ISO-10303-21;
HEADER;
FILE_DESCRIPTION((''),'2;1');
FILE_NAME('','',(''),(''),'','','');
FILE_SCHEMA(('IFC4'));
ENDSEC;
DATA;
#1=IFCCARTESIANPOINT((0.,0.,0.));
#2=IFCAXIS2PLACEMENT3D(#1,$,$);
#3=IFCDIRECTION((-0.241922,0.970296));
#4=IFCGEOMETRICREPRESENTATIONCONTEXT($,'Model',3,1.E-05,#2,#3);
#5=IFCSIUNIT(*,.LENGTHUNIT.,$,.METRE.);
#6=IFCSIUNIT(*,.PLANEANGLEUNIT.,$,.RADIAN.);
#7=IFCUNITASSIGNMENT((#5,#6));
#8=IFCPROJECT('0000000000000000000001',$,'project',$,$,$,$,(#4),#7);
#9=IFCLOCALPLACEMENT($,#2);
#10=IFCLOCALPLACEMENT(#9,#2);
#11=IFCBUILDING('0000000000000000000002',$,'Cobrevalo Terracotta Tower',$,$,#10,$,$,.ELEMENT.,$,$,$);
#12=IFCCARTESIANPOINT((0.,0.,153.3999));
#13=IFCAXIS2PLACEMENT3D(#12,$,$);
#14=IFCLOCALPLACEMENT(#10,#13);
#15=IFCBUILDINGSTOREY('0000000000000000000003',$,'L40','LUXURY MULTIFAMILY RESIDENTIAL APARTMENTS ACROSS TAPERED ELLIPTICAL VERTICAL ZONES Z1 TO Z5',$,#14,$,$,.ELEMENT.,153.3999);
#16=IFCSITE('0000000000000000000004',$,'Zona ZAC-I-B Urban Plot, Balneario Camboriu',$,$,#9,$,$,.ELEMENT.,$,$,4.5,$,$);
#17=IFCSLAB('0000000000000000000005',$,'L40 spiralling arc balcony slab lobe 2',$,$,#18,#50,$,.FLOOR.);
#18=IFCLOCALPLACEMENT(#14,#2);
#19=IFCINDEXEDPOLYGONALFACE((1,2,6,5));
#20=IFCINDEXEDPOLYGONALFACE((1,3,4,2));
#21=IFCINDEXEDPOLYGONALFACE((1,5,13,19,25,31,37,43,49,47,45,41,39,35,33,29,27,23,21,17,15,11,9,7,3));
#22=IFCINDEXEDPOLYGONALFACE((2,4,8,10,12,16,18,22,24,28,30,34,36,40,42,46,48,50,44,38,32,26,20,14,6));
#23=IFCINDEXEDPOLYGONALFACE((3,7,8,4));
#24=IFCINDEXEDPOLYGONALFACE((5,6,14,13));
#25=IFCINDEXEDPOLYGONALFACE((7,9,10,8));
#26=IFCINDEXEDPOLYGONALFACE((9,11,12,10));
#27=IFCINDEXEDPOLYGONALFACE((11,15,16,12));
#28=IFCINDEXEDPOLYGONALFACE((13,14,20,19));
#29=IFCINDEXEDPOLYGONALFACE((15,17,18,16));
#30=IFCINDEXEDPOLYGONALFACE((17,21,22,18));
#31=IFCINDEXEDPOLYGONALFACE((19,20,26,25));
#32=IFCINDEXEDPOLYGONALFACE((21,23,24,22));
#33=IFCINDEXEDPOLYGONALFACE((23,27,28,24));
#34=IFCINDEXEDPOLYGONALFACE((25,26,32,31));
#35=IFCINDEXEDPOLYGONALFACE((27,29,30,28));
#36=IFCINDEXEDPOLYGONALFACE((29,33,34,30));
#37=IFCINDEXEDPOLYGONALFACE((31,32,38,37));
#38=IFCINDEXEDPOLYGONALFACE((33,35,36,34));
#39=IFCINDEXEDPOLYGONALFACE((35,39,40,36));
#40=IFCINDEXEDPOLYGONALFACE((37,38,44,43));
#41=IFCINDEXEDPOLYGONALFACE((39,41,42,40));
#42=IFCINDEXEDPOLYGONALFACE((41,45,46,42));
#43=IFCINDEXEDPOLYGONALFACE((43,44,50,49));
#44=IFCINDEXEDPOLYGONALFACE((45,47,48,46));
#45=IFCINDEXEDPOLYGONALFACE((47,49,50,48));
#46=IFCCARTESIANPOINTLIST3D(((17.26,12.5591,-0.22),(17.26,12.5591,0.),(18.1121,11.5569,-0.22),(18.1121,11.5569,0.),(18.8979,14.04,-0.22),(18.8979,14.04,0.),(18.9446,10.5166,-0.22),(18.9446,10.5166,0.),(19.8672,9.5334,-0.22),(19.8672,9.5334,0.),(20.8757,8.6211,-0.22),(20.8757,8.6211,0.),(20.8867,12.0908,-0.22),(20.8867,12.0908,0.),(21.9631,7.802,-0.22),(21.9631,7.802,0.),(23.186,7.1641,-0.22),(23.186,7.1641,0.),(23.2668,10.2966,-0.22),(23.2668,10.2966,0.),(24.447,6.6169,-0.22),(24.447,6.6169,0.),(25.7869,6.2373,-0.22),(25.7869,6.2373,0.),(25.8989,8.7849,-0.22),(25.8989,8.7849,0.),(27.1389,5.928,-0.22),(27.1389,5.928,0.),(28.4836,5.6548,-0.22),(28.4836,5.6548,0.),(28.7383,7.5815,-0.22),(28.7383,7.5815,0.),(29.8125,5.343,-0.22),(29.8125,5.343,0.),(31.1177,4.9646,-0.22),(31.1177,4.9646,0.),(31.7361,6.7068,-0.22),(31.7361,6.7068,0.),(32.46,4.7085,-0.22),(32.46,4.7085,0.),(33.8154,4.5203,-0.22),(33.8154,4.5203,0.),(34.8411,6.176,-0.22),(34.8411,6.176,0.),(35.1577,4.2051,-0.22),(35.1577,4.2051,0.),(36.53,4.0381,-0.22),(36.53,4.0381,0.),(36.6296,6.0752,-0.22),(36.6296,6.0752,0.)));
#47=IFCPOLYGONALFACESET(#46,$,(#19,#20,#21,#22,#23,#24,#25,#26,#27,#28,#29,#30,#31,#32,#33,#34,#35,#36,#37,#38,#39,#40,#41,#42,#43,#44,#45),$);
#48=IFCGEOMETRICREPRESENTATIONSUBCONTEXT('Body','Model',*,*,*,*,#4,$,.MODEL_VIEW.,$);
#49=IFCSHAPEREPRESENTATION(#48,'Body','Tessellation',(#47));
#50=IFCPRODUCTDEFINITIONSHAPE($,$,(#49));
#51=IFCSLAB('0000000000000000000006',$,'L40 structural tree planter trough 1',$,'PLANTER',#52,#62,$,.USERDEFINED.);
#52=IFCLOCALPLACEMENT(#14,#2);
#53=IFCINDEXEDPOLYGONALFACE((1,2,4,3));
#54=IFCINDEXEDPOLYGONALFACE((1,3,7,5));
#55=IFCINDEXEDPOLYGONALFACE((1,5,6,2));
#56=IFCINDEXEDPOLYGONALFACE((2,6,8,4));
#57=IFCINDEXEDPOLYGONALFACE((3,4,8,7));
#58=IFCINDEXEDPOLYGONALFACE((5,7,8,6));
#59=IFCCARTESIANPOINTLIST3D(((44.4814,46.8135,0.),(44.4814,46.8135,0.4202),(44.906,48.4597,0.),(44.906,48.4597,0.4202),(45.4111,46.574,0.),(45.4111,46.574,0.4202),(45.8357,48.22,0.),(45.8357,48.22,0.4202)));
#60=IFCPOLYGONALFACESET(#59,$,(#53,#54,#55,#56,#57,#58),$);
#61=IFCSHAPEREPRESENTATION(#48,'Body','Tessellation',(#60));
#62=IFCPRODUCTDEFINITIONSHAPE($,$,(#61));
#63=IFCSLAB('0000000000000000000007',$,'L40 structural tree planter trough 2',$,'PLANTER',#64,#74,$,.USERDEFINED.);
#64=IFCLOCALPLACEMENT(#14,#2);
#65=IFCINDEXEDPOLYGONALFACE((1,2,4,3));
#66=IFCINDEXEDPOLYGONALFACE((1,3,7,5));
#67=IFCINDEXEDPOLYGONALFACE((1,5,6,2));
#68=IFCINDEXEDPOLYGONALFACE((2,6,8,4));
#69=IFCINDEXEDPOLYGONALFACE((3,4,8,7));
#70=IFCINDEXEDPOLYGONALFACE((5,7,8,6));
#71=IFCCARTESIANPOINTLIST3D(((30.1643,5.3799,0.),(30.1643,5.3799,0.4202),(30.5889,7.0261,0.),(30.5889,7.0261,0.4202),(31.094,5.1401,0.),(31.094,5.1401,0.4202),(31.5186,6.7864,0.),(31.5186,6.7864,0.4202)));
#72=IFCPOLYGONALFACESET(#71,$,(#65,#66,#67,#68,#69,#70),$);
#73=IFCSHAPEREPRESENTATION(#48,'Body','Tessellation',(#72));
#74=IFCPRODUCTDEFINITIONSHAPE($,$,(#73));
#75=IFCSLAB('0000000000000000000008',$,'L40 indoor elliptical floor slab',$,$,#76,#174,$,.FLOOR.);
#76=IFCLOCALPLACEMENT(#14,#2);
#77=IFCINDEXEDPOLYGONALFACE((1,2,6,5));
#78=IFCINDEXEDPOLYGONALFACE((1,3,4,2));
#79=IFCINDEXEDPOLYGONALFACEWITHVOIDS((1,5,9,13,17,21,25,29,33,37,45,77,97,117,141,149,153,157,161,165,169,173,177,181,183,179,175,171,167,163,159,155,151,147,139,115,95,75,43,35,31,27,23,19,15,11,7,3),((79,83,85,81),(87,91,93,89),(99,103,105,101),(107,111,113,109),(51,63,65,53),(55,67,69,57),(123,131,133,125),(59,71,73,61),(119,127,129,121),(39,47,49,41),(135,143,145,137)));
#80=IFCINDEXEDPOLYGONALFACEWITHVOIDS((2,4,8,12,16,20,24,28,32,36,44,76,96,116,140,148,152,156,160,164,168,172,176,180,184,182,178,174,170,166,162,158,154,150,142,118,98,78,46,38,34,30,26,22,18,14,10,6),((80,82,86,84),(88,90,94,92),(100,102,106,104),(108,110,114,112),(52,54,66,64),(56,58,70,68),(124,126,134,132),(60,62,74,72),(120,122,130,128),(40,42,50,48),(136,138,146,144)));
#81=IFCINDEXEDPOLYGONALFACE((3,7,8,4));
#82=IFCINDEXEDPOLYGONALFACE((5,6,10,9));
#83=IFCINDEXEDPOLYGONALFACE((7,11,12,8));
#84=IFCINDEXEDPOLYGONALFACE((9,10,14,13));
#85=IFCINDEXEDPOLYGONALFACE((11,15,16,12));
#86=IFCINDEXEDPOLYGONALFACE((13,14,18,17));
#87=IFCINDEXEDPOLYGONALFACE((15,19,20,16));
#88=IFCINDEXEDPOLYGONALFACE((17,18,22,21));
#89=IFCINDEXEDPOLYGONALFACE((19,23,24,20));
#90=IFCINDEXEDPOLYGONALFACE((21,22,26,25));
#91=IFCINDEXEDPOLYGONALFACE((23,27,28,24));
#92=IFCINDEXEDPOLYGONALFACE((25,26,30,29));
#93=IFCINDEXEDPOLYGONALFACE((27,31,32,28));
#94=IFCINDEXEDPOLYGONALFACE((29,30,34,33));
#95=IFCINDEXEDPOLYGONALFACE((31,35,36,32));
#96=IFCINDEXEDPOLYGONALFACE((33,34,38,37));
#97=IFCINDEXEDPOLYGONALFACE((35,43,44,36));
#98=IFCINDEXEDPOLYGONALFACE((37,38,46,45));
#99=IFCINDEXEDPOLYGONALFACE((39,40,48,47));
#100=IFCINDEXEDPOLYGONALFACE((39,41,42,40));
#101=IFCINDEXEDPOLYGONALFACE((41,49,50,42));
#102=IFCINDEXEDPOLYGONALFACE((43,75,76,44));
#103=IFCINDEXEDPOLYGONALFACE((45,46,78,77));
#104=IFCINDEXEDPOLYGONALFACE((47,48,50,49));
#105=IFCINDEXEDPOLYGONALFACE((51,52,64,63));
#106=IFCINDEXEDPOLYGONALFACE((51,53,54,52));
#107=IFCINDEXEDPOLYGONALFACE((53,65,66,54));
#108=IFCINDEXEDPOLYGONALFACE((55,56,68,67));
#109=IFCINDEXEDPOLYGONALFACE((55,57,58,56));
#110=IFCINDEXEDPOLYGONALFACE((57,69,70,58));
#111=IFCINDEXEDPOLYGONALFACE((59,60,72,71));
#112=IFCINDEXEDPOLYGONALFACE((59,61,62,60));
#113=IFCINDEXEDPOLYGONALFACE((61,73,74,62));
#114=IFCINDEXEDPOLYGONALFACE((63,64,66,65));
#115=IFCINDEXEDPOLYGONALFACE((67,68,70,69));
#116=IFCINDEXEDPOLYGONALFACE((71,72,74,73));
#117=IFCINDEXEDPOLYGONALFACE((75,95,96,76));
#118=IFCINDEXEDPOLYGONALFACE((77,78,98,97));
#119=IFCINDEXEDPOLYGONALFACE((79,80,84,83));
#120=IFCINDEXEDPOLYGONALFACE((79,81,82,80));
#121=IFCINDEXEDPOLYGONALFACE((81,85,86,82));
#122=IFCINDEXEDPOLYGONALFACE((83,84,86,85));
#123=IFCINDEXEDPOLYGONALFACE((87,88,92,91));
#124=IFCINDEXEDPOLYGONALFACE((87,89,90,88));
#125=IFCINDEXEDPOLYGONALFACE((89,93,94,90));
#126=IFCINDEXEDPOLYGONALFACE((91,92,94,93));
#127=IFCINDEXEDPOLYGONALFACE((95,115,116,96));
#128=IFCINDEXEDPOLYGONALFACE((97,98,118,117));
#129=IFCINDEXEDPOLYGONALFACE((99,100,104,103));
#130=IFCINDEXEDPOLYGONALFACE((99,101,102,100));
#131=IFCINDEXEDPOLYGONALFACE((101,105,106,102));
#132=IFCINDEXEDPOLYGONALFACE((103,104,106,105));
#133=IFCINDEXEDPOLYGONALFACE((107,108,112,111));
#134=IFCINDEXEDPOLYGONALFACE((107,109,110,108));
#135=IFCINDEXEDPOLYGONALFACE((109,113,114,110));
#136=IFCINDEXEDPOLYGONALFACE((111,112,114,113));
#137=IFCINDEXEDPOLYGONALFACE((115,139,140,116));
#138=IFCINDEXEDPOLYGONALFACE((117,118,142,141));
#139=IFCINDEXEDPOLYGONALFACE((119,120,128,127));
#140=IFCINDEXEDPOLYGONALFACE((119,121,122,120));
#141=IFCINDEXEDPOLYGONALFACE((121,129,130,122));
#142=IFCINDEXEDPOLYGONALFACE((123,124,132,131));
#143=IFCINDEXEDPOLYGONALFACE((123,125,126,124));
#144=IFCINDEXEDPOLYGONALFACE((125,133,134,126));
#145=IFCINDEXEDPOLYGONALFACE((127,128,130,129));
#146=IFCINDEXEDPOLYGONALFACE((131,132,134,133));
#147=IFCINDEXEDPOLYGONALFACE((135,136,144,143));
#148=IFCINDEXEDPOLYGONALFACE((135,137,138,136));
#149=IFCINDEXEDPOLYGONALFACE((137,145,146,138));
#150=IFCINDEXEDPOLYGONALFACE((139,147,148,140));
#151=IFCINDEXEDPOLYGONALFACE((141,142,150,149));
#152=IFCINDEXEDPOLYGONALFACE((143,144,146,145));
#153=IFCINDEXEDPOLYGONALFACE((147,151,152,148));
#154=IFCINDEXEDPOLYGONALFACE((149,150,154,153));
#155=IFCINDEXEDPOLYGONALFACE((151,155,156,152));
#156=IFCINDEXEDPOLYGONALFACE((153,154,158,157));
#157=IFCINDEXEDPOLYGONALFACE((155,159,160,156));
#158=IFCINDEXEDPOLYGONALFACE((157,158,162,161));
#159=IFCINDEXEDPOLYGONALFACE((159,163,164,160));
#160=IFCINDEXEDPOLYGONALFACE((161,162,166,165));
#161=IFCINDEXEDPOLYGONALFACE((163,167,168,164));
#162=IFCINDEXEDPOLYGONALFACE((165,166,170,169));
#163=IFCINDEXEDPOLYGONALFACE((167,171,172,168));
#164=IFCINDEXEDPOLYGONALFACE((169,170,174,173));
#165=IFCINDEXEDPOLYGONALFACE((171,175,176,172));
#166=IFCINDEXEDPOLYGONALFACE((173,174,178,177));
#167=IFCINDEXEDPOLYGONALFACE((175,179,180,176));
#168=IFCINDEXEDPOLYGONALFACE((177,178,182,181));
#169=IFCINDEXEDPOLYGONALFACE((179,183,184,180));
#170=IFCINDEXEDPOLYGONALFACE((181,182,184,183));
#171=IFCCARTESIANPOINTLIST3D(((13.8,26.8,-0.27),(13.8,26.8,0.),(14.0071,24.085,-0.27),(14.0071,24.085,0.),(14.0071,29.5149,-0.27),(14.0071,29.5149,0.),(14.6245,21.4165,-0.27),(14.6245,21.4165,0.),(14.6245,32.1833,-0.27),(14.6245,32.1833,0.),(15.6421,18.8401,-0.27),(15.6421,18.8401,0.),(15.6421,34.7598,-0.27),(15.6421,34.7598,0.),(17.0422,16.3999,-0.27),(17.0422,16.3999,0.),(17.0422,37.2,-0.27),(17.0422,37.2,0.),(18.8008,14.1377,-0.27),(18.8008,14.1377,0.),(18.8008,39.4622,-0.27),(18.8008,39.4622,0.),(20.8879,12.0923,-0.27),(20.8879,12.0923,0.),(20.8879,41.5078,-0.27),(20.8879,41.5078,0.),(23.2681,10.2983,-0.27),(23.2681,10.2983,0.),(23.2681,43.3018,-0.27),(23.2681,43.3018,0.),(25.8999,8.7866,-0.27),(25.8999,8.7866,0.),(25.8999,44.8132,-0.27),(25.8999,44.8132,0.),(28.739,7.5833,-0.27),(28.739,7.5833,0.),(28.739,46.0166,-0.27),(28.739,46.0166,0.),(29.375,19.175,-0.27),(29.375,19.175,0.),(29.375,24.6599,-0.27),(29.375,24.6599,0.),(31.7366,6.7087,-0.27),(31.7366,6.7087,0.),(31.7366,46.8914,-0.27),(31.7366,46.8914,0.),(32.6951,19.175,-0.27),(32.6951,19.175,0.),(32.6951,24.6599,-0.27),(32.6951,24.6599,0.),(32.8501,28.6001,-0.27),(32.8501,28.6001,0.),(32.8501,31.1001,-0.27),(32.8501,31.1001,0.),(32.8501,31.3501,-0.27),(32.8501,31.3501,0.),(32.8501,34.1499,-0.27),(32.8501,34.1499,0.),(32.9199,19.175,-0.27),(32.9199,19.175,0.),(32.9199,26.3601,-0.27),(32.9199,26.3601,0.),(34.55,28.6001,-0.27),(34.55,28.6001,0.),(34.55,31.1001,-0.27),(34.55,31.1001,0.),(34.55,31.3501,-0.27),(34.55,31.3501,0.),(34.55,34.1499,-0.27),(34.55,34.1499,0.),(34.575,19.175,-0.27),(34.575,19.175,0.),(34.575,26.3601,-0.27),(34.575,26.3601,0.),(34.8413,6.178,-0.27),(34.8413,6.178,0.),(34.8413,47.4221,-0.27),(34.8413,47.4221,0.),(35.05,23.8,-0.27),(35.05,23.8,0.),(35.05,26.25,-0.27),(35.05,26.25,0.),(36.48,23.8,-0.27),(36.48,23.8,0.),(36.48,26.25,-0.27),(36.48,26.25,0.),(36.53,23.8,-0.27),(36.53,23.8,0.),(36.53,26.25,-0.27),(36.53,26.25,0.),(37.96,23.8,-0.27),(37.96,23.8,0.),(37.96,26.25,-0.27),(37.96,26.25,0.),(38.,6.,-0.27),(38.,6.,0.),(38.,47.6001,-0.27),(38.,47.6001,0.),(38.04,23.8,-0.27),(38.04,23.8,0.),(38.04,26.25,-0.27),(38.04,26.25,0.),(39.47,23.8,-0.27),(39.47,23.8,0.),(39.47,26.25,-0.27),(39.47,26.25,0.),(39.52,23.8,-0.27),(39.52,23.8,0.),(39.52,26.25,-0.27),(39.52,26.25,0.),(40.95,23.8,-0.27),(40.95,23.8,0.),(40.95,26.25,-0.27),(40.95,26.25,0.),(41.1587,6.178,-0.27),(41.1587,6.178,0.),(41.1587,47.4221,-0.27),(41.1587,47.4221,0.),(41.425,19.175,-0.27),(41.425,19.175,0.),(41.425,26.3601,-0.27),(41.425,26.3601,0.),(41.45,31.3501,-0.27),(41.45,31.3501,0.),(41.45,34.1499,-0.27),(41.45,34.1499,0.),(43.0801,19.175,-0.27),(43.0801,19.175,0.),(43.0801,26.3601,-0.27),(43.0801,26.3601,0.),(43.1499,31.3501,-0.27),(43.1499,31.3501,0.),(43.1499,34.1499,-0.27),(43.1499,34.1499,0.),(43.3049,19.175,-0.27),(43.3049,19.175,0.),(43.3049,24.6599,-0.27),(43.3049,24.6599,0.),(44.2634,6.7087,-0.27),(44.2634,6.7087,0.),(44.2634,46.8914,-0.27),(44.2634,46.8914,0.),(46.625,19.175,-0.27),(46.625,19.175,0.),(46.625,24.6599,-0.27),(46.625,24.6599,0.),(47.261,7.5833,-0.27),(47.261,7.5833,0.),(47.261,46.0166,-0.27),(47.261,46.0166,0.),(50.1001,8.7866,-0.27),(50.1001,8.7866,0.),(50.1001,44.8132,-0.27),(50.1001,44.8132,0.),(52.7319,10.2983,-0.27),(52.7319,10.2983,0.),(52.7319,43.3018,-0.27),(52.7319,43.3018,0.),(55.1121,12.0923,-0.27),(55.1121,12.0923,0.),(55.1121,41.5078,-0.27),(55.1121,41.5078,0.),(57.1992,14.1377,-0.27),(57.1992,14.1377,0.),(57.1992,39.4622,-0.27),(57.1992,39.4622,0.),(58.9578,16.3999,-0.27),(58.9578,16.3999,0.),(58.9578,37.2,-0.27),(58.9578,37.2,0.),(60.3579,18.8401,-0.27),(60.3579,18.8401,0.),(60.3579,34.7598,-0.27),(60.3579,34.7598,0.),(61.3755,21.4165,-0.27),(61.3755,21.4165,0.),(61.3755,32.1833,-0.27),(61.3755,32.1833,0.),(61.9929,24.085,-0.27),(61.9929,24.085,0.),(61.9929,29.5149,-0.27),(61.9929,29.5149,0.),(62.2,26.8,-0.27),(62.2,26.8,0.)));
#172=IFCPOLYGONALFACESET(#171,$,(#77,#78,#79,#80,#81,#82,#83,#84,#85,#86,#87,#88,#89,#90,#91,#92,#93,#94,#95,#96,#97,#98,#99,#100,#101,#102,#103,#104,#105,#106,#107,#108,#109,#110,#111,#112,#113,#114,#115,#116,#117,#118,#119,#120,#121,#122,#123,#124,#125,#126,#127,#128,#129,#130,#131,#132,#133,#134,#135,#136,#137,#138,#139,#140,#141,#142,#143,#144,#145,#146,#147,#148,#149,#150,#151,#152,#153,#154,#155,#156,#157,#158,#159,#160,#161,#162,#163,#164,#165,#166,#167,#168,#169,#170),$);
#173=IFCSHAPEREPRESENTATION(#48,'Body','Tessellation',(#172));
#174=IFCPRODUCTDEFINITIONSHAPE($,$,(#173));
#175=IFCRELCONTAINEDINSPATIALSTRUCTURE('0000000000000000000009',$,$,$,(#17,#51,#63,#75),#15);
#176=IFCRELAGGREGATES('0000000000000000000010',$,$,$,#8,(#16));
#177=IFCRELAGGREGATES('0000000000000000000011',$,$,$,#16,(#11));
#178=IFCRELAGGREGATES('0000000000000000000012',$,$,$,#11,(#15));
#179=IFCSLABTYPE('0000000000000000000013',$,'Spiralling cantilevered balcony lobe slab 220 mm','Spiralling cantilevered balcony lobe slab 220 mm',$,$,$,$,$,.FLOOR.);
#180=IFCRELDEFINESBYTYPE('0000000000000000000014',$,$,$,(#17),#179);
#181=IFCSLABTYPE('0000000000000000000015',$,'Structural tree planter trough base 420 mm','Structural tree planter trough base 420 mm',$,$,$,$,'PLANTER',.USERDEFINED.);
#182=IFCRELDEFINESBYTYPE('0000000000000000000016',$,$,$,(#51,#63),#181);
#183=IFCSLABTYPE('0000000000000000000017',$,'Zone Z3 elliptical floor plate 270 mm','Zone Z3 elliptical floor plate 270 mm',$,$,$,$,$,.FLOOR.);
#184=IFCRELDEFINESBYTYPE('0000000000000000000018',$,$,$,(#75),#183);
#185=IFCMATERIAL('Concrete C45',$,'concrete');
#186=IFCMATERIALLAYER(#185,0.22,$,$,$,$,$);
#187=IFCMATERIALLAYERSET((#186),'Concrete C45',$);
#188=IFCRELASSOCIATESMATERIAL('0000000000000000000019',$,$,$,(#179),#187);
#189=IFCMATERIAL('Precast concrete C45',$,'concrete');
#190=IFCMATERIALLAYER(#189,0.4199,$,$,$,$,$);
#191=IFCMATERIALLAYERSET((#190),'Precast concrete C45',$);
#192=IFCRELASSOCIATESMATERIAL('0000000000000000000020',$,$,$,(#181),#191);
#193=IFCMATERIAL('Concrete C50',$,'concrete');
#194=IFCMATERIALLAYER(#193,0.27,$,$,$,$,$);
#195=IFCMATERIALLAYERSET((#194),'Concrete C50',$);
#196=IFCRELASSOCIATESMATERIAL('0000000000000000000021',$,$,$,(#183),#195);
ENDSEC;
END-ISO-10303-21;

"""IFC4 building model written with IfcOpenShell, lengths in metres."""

from ifc_helpers import new_model, si_unit, direction, frame, origin, place, context, subcontext, project, spatial, polyline, outline, extrude, material, layer, layer_set, type_object, element, save


model = new_model("IFC4")

# Units and contexts
model_context = context("Model", 3, precision=1e-05, world=origin(), true_north=direction((-0.241922, 0.970296)))
body_context = subcontext(model_context, "Body", "Model", "MODEL_VIEW")
ifc_project = project(units=[si_unit("LENGTHUNIT", "METRE"), si_unit("PLANEANGLEUNIT", "RADIAN")], contexts=[model_context])

# Site, building, storey
site_placement = place(None, origin())
site = spatial("IfcSite", under=ifc_project, at=site_placement, Name="Zona ZAC-I-B Urban Plot, Balneario Camboriu", CompositionType="ELEMENT", RefElevation=4.5)
building_placement = place(site_placement, origin())
building = spatial("IfcBuilding", under=site, at=building_placement, Name="Cobrevalo Terracotta Tower", CompositionType="ELEMENT")
storey_placement = place(building_placement, frame((0.0, 0.0, 153.3999)))
storey = spatial("IfcBuildingStorey", under=building, at=storey_placement, Name="L40", Description="LUXURY MULTIFAMILY RESIDENTIAL APARTMENTS ACROSS TAPERED ELLIPTICAL VERTICAL ZONES Z1 TO Z5", CompositionType="ELEMENT", Elevation=153.3999)

# Shared definitions
ifc_material_1 = material(Name="Concrete C50", Category="concrete")

# Slabs
ifc_material_2 = material(Name="Concrete C45", Category="concrete")
ifc_layer_1 = layer(ifc_material_2, 0.22)
ifc_layer_set_1 = layer_set([ifc_layer_1], Name="Concrete C45")
slab_type_1 = type_object("IfcSlabType", Name="Spiralling cantilevered balcony lobe slab 220 mm", Description="Spiralling cantilevered balcony lobe slab 220 mm", PredefinedType="FLOOR", material=ifc_layer_set_1)
slab_1_placement = place(storey_placement, frame((0.0, 0.0, -0.22)))
element("IfcSlab", 1, at=slab_1_placement, inside=storey, type_object=slab_type_1, Name="L40 spiralling arc balcony slab lobe 2", PredefinedType="FLOOR", context=body_context, shape_type="SweptSolid", body=[
    extrude(outline(polyline([(17.26, 12.5591), (18.1121, 11.5569), (18.9446, 10.5166), (19.8672, 9.5334), (20.8757, 8.6211), (21.9631, 7.802), (23.186, 7.1641), (24.447, 6.6169), (25.7869, 6.2373), (27.1389, 5.928), (28.4836, 5.6548), (29.8125, 5.343), (31.1177, 4.9646), (32.46, 4.7085), (33.8154, 4.5203), (35.1577, 4.2051), (36.53, 4.0381), (36.6296, 6.0752), (34.8411, 6.176), (31.7361, 6.7068), (28.7383, 7.5815), (25.8989, 8.7849), (23.2668, 10.2966), (20.8867, 12.0908), (18.8979, 14.04), (17.26, 12.5591)])), origin(), (0.0, 0.0, 1.0), 0.22),
])
ifc_material_3 = material(Name="Precast concrete C45", Category="concrete")
ifc_layer_2 = layer(ifc_material_3, 0.4199)
ifc_layer_set_2 = layer_set([ifc_layer_2], Name="Precast concrete C45")
slab_type_2 = type_object("IfcSlabType", Name="Structural tree planter trough base 420 mm", Description="Structural tree planter trough base 420 mm", ElementType="PLANTER", PredefinedType="USERDEFINED", material=ifc_layer_set_2)
slab_2_placement = place(storey_placement, origin())
element("IfcSlab", 2, at=slab_2_placement, inside=storey, type_object=slab_type_2, Name="L40 structural tree planter trough 1", ObjectType="PLANTER", PredefinedType="USERDEFINED", context=body_context, shape_type="SweptSolid", body=[
    extrude(outline(polyline([(45.4111, 46.574), (45.8357, 48.22), (44.906, 48.4597), (44.4814, 46.8135), (45.4111, 46.574)])), origin(), (0.0, 0.0, 1.0), 0.4202),
])
slab_3_placement = place(storey_placement, origin())
element("IfcSlab", 3, at=slab_3_placement, inside=storey, type_object=slab_type_2, Name="L40 structural tree planter trough 2", ObjectType="PLANTER", PredefinedType="USERDEFINED", context=body_context, shape_type="SweptSolid", body=[
    extrude(outline(polyline([(30.5889, 7.0261), (30.1643, 5.3799), (31.094, 5.1401), (31.5186, 6.7864), (30.5889, 7.0261)])), origin(), (0.0, 0.0, 1.0), 0.4202),
])
ifc_layer_3 = layer(ifc_material_1, 0.27)
ifc_layer_set_3 = layer_set([ifc_layer_3], Name="Concrete C50")
slab_type_3 = type_object("IfcSlabType", Name="Zone Z3 elliptical floor plate 270 mm", Description="Zone Z3 elliptical floor plate 270 mm", PredefinedType="FLOOR", material=ifc_layer_set_3)
slab_4_placement = place(storey_placement, frame((0.0, 0.0, -0.27)))
element("IfcSlab", 4, at=slab_4_placement, inside=storey, type_object=slab_type_3, Name="L40 indoor elliptical floor slab", PredefinedType="FLOOR", context=body_context, shape_type="SweptSolid", body=[
    extrude(outline(polyline([(61.9929, 24.085), (61.3755, 21.4165), (60.3579, 18.8401), (58.9578, 16.3999), (57.1992, 14.1377), (55.1121, 12.0923), (52.7319, 10.2983), (50.1001, 8.7866), (47.261, 7.5833), (44.2634, 6.7087), (41.1587, 6.178), (38.0, 6.0), (34.8413, 6.178), (31.7366, 6.7087), (28.739, 7.5833), (25.8999, 8.7866), (23.2681, 10.2983), (20.8879, 12.0923), (18.8008, 14.1377), (17.0422, 16.3999), (15.6421, 18.8401), (14.6245, 21.4165), (14.0071, 24.085), (13.8, 26.8), (14.0071, 29.5149), (14.6245, 32.1833), (15.6421, 34.7598), (17.0422, 37.2), (18.8008, 39.4622), (20.8879, 41.5078), (23.2681, 43.3018), (25.8999, 44.8132), (28.739, 46.0166), (31.7366, 46.8914), (34.8413, 47.4221), (38.0, 47.6001), (41.1587, 47.4221), (44.2634, 46.8914), (47.261, 46.0166), (50.1001, 44.8132), (52.7319, 43.3018), (55.1121, 41.5078), (57.1992, 39.4622), (58.9578, 37.2), (60.3579, 34.7598), (61.3755, 32.1833), (61.9929, 29.5149), (62.2, 26.8), (61.9929, 24.085)]), holes=[polyline([(32.6951, 19.175), (32.6951, 24.6599), (29.375, 24.6599), (29.375, 19.175), (32.6951, 19.175)]), polyline([(34.575, 26.3601), (32.9199, 26.3601), (32.9199, 19.175), (34.575, 19.175), (34.575, 26.3601)]), polyline([(36.48, 26.25), (35.05, 26.25), (35.05, 23.8), (36.48, 23.8), (36.48, 26.25)]), polyline([(37.96, 23.8), (37.96, 26.25), (36.53, 26.25), (36.53, 23.8), (37.96, 23.8)]), polyline([(34.55, 28.6001), (34.55, 31.1001), (32.8501, 31.1001), (32.8501, 28.6001), (34.55, 28.6001)]), polyline([(34.55, 34.1499), (32.8501, 34.1499), (32.8501, 31.3501), (34.55, 31.3501), (34.55, 34.1499)]), polyline([(43.3049, 19.175), (46.625, 19.175), (46.625, 24.6599), (43.3049, 24.6599), (43.3049, 19.175)]), polyline([(43.0801, 19.175), (43.0801, 26.3601), (41.425, 26.3601), (41.425, 19.175), (43.0801, 19.175)]), polyline([(39.47, 26.25), (38.04, 26.25), (38.04, 23.8), (39.47, 23.8), (39.47, 26.25)]), polyline([(40.95, 23.8), (40.95, 26.25), (39.52, 26.25), (39.52, 23.8), (40.95, 23.8)]), polyline([(43.1499, 31.3501), (43.1499, 34.1499), (41.45, 34.1499), (41.45, 31.3501), (43.1499, 31.3501)])]), origin(), (0.0, 0.0, 1.0), 0.27),
])

save(model, "model.ifc")
